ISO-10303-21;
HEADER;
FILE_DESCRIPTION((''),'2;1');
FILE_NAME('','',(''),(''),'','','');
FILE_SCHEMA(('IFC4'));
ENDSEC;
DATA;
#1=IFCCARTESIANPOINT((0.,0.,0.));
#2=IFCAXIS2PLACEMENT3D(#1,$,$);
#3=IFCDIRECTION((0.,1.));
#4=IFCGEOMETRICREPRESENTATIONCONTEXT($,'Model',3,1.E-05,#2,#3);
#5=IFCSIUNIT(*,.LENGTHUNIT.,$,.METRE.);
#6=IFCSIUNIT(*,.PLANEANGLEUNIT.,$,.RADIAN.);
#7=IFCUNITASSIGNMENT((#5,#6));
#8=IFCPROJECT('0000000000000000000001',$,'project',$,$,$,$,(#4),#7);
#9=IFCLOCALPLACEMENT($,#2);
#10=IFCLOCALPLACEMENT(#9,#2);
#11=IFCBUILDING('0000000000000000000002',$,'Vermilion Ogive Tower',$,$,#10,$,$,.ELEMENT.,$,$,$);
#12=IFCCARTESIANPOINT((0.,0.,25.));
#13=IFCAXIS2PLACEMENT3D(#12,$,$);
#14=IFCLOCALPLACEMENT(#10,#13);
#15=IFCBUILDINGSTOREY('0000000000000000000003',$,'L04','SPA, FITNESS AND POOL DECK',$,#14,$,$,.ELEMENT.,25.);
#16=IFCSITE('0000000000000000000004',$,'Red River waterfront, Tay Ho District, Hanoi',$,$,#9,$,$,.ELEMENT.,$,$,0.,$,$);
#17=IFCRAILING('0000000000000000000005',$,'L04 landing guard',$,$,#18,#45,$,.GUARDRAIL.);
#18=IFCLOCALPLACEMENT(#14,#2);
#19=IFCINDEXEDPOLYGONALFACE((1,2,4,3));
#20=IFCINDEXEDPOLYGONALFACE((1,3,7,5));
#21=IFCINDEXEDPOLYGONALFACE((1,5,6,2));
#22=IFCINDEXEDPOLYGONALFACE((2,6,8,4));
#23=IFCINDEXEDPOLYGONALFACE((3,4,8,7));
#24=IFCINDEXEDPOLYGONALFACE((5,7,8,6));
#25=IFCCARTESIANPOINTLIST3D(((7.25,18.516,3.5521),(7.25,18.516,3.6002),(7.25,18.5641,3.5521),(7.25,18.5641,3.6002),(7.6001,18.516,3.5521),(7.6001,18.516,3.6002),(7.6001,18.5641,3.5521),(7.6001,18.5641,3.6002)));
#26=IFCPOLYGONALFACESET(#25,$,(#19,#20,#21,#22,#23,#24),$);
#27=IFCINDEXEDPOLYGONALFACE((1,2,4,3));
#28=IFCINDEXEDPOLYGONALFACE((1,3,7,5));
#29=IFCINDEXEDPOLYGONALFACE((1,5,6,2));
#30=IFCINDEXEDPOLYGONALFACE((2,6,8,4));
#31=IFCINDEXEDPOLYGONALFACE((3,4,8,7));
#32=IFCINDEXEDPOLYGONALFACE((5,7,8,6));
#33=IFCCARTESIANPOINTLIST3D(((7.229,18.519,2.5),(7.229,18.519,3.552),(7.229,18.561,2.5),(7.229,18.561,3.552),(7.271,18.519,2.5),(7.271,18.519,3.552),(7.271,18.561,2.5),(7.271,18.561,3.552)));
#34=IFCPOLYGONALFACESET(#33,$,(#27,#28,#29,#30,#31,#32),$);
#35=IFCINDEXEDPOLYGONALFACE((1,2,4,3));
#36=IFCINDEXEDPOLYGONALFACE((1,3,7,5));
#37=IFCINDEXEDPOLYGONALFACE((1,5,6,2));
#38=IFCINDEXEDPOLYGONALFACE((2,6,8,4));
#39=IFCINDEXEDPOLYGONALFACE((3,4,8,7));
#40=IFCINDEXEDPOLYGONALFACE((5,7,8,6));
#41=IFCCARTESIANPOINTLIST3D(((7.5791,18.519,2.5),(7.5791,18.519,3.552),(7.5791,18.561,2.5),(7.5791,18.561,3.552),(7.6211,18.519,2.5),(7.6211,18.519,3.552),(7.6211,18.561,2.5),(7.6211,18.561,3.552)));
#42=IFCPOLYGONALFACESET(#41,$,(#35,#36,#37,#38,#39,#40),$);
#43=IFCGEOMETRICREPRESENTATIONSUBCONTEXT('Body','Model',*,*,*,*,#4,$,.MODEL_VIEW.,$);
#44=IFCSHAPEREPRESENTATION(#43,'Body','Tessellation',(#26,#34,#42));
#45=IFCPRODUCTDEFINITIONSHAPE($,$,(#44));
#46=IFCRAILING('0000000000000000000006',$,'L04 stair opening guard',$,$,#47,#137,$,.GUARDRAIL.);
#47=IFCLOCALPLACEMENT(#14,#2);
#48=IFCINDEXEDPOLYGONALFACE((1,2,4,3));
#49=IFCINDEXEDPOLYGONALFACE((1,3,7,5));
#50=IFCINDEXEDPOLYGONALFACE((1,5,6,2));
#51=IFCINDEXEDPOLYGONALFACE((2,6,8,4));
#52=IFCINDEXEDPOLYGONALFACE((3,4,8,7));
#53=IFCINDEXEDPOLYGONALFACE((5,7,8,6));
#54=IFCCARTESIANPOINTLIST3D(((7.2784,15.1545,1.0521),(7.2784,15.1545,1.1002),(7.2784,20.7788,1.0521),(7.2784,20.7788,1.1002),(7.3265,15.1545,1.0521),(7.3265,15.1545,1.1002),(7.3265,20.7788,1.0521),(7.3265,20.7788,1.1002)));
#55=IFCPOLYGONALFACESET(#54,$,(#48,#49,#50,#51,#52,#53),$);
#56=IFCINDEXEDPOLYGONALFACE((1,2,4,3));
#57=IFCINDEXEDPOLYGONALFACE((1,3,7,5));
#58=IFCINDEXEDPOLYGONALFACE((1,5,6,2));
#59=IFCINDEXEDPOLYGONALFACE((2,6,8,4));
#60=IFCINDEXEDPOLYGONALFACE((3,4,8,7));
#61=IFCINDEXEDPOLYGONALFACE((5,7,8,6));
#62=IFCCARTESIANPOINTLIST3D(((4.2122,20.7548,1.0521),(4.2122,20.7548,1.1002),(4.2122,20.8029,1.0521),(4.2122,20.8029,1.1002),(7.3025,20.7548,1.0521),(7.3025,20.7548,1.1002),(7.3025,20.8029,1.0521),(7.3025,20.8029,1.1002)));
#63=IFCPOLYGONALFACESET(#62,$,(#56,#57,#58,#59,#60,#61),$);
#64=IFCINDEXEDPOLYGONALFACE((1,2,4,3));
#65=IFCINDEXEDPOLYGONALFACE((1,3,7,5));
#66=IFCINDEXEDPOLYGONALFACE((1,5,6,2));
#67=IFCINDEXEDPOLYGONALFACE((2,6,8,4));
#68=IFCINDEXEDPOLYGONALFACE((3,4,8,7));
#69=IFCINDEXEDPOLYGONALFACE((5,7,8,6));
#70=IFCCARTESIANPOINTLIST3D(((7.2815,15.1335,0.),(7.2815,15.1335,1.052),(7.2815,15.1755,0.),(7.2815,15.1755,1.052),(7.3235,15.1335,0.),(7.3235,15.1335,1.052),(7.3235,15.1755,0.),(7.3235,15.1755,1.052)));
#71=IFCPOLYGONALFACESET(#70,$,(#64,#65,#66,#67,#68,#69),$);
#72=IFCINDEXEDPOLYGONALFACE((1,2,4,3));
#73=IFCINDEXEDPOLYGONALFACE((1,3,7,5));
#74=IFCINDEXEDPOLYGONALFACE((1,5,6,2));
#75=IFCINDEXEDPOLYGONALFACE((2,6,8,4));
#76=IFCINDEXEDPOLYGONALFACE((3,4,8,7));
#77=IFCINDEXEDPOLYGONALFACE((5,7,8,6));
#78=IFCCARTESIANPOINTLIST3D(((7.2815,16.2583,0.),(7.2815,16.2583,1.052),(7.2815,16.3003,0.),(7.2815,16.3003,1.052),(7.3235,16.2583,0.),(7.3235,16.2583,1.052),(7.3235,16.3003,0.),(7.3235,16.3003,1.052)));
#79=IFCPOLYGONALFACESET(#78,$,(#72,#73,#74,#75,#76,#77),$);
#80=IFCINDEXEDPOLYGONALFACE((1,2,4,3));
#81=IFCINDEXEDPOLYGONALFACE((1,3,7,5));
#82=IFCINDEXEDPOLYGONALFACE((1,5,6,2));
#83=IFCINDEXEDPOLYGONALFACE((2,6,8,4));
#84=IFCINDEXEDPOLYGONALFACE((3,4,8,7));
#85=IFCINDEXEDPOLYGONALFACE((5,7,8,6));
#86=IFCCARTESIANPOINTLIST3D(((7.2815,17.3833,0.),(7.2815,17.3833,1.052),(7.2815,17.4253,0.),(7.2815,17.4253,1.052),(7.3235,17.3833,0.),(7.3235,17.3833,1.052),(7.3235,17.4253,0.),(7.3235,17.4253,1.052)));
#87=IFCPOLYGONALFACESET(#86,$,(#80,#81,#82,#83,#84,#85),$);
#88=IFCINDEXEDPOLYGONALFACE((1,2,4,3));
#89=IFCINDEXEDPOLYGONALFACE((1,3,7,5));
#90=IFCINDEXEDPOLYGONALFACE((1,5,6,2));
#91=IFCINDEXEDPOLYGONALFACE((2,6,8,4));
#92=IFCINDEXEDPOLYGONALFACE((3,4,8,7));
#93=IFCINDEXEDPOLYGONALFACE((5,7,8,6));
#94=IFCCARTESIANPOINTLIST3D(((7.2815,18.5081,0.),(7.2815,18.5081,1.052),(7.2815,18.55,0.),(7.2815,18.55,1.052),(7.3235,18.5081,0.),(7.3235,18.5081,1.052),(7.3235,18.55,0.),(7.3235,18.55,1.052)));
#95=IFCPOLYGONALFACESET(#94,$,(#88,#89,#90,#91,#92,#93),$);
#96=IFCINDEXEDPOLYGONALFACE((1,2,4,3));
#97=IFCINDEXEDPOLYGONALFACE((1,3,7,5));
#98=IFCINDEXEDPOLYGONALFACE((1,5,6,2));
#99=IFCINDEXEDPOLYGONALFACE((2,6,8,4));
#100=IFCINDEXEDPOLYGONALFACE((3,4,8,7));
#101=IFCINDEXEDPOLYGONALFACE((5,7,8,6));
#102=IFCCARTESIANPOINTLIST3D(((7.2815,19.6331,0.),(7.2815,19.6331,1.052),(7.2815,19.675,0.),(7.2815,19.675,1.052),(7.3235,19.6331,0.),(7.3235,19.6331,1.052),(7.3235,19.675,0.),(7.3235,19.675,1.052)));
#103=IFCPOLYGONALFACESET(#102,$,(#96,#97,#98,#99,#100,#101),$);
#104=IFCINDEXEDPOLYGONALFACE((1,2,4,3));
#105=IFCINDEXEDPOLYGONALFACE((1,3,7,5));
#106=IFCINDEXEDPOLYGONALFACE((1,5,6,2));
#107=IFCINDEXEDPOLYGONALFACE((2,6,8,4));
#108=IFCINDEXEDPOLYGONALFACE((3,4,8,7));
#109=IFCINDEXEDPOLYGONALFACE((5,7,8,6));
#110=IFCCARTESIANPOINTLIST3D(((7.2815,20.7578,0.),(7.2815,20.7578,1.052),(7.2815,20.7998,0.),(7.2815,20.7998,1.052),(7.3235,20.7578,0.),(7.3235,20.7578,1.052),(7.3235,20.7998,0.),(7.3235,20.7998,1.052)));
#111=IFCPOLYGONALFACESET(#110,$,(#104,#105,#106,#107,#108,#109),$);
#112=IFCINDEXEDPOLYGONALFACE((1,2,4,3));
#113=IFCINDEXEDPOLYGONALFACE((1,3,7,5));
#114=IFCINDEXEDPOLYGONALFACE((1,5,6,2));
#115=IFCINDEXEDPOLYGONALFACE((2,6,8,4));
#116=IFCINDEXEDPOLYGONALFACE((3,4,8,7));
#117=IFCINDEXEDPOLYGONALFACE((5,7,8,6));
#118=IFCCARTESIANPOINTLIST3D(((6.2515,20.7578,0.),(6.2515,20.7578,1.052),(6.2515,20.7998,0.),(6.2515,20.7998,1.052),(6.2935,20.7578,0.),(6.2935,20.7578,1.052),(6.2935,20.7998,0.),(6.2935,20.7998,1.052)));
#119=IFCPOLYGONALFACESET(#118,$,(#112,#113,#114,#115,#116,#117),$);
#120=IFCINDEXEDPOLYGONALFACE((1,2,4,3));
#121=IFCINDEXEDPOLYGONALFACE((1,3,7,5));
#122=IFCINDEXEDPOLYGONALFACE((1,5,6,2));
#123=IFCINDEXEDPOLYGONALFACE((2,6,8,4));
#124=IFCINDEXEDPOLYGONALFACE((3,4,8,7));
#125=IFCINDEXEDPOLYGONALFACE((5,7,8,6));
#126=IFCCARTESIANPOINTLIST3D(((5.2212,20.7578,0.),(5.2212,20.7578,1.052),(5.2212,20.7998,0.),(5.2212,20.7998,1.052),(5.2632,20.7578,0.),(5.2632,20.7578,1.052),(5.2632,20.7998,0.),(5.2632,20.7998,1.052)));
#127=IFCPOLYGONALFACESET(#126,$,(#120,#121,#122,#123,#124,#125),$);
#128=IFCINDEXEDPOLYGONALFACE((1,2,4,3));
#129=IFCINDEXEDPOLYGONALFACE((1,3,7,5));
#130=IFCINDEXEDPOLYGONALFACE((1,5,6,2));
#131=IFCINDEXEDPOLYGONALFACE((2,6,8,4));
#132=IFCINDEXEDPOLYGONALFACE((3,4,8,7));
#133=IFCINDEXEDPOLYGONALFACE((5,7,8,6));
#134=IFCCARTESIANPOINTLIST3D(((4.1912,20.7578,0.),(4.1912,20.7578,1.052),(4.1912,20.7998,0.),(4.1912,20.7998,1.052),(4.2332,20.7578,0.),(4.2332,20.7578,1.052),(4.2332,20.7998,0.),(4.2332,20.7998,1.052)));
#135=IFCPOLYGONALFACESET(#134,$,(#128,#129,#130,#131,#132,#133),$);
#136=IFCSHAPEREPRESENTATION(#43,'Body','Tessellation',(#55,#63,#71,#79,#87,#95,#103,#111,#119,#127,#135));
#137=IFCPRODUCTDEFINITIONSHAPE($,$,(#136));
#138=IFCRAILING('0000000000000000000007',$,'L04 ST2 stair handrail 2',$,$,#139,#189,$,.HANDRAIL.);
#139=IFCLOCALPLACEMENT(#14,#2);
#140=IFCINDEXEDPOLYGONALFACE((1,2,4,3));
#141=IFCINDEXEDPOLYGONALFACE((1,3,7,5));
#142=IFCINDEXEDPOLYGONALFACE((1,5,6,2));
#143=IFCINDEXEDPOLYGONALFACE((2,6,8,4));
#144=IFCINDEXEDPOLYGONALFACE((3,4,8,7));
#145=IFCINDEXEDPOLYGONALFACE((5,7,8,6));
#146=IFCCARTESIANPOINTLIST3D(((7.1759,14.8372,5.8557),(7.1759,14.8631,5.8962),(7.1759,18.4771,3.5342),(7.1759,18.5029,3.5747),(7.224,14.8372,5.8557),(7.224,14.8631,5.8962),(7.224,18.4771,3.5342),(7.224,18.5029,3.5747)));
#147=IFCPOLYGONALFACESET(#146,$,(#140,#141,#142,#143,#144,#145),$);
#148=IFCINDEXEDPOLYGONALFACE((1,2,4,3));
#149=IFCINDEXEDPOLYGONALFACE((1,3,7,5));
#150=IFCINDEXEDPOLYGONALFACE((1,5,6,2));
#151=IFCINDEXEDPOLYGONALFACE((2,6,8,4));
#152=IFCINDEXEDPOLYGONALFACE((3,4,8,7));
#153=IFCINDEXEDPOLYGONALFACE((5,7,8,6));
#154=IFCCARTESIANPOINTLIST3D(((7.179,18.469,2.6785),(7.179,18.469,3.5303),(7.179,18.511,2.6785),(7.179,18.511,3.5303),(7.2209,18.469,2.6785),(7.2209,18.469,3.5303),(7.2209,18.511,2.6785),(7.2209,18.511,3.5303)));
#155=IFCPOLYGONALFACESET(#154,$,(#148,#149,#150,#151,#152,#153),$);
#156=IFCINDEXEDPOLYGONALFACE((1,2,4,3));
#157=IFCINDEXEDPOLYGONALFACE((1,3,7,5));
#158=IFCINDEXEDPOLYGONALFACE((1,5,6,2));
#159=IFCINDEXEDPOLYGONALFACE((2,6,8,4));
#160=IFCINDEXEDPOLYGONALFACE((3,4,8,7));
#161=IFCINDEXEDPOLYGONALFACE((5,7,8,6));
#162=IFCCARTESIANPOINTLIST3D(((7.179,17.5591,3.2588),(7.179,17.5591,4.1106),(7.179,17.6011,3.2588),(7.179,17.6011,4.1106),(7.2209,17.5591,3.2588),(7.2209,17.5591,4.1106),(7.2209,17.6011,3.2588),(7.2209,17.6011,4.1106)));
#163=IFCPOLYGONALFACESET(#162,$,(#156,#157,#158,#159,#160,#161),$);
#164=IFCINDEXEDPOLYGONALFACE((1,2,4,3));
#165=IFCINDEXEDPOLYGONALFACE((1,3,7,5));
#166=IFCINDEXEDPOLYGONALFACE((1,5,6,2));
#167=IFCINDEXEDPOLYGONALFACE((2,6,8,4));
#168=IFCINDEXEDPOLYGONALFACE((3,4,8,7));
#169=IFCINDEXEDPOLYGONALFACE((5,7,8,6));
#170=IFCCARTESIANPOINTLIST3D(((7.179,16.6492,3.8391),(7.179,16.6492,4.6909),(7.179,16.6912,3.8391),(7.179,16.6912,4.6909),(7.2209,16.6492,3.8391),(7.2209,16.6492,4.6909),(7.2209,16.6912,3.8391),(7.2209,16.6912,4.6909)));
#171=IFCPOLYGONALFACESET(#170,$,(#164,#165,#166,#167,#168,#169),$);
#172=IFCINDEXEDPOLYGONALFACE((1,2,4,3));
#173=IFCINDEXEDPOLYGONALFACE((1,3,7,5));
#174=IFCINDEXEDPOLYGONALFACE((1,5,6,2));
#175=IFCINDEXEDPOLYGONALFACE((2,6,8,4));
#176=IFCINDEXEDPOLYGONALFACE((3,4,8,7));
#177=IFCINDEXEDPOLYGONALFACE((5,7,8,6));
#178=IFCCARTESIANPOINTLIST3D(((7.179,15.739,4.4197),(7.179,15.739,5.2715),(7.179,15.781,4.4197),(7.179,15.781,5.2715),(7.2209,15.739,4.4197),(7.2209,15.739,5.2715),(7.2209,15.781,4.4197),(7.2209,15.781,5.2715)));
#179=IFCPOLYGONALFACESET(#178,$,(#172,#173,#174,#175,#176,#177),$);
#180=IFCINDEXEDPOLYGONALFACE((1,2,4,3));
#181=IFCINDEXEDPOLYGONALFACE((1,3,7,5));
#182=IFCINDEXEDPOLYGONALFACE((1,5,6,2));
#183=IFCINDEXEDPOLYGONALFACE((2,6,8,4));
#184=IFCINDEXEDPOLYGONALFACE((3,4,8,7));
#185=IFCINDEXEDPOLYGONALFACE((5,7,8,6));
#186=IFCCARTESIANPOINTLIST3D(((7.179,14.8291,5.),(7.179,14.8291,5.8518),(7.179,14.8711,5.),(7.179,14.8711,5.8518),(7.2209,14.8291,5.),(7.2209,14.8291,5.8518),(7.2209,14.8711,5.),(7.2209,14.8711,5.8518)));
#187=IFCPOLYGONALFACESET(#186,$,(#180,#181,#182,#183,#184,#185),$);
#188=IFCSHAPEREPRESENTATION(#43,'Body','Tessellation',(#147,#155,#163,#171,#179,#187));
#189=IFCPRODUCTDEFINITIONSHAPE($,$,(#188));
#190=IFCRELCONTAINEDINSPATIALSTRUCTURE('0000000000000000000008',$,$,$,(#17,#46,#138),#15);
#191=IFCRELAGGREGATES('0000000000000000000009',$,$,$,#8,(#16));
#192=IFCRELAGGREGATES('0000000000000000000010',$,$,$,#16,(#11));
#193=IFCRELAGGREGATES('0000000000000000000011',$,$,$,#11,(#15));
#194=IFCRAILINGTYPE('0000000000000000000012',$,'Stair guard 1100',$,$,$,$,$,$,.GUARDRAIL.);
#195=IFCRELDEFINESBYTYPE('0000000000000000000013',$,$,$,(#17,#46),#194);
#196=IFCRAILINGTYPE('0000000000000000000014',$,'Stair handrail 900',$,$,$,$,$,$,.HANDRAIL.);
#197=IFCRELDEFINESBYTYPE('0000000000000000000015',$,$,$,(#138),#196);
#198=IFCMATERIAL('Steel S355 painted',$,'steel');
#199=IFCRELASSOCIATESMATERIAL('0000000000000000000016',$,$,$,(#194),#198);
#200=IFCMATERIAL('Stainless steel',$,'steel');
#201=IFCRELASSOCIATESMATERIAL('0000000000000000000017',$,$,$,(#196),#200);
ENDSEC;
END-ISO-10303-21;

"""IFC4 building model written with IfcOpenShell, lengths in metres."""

from ifc_helpers import new_model, si_unit, direction, frame, origin, origin_2d, place, context, subcontext, project, spatial, rectangle, extrude, material, type_object, element, save


model = new_model("IFC4")

# Units and contexts
model_context = context("Model", 3, precision=1e-05, world=origin(), true_north=direction((0.0, 1.0)))
body_context = subcontext(model_context, "Body", "Model", "MODEL_VIEW")
ifc_project = project(units=[si_unit("LENGTHUNIT", "METRE"), si_unit("PLANEANGLEUNIT", "RADIAN")], contexts=[model_context])

# Site, building, storey
site_placement = place(None, origin())
site = spatial("IfcSite", under=ifc_project, at=site_placement, Name="Red River waterfront, Tay Ho District, Hanoi", CompositionType="ELEMENT", RefElevation=0.0)
building_placement = place(site_placement, origin())
building = spatial("IfcBuilding", under=site, at=building_placement, Name="Vermilion Ogive Tower", CompositionType="ELEMENT")
storey_placement = place(building_placement, frame((0.0, 0.0, 25.0)))
storey = spatial("IfcBuildingStorey", under=building, at=storey_placement, Name="L04", Description="SPA, FITNESS AND POOL DECK", CompositionType="ELEMENT", Elevation=25.0)

# Railings
ifc_material_1 = material(Name="Steel S355 painted", Category="steel")
railing_type_1 = type_object("IfcRailingType", Name="Stair guard 1100", PredefinedType="GUARDRAIL", material=ifc_material_1)
railing_1_placement = place(storey_placement, frame((7.25, 18.54, 2.5)))
element("IfcRailing", 1, at=railing_1_placement, inside=storey, type_object=railing_type_1, Name="L04 landing guard", PredefinedType="GUARDRAIL", context=body_context, shape_type="SweptSolid", body=[
    extrude(rectangle(XDim=0.0481, YDim=0.0481, at=origin_2d()), frame((0.0, 0.0, 1.0762), z_axis=(1.0, 0.0, 0.0), x_axis=(0.0, 1.0, 0.0)), (0.0, 0.0, 1.0), 0.3501),
    extrude(rectangle(XDim=0.042, YDim=0.042, at=origin_2d()), origin(), (0.0, 0.0, 1.0), 1.052),
    extrude(rectangle(XDim=0.042, YDim=0.042, at=origin_2d()), frame((0.3501, 0.0, 0.0)), (0.0, 0.0, 1.0), 1.052),
])
railing_2_placement = place(storey_placement, frame((7.3025, 15.1545, 0.0)))
element("IfcRailing", 2, at=railing_2_placement, inside=storey, type_object=railing_type_1, Name="L04 stair opening guard", PredefinedType="GUARDRAIL", context=body_context, shape_type="SweptSolid", body=[
    extrude(rectangle(XDim=0.0481, YDim=0.0481, at=origin_2d()), frame((0.0, 0.0, 1.0762), z_axis=(0.0, 1.0, 0.0), x_axis=(-1.0, 0.0, 0.0)), (0.0, 0.0, 1.0), 5.6243),
    extrude(rectangle(XDim=0.0481, YDim=0.0481, at=origin_2d()), frame((0.0, 5.6243, 1.0762), z_axis=(-1.0, 0.0, 0.0), x_axis=(0.0, -1.0, 0.0)), (0.0, 0.0, 1.0), 3.0903),
    extrude(rectangle(XDim=0.042, YDim=0.042, at=origin_2d()), origin(), (0.0, 0.0, 1.0), 1.052),
    extrude(rectangle(XDim=0.042, YDim=0.042, at=origin_2d()), frame((0.0, 1.1248, 0.0)), (0.0, 0.0, 1.0), 1.052),
    extrude(rectangle(XDim=0.042, YDim=0.042, at=origin_2d()), frame((0.0, 2.2498, 0.0)), (0.0, 0.0, 1.0), 1.052),
    extrude(rectangle(XDim=0.042, YDim=0.042, at=origin_2d()), frame((0.0, 3.3745, 0.0)), (0.0, 0.0, 1.0), 1.052),
    extrude(rectangle(XDim=0.042, YDim=0.042, at=origin_2d()), frame((0.0, 4.4995, 0.0)), (0.0, 0.0, 1.0), 1.052),
    extrude(rectangle(XDim=0.042, YDim=0.042, at=origin_2d()), frame((0.0, 5.6243, 0.0)), (0.0, 0.0, 1.0), 1.052),
    extrude(rectangle(XDim=0.042, YDim=0.042, at=origin_2d()), frame((-1.03, 5.6243, 0.0)), (0.0, 0.0, 1.0), 1.052),
    extrude(rectangle(XDim=0.042, YDim=0.042, at=origin_2d()), frame((-2.0603, 5.6243, 0.0)), (0.0, 0.0, 1.0), 1.052),
    extrude(rectangle(XDim=0.042, YDim=0.042, at=origin_2d()), frame((-3.0903, 5.6243, 0.0)), (0.0, 0.0, 1.0), 1.052),
])
ifc_material_2 = material(Name="Stainless steel", Category="steel")
railing_type_2 = type_object("IfcRailingType", Name="Stair handrail 900", PredefinedType="HANDRAIL", material=ifc_material_2)
railing_3_placement = place(storey_placement, frame((7.2, 18.49, 2.6785)))
element("IfcRailing", 3, at=railing_3_placement, inside=storey, type_object=railing_type_2, Name="L04 ST2 stair handrail 2", PredefinedType="HANDRAIL", context=body_context, shape_type="SweptSolid", body=[
    extrude(rectangle(XDim=0.0481, YDim=0.0481, at=origin_2d()), frame((0.0, 0.0, 0.876), z_axis=(0.0, -0.843112, 0.537739), x_axis=(1.0, 0.0, 0.0)), (0.0, 0.0, 1.0), 4.3171),
    extrude(rectangle(XDim=0.042, YDim=0.042, at=origin_2d()), origin(), (0.0, 0.0, 1.0), 0.8518),
    extrude(rectangle(XDim=0.042, YDim=0.042, at=origin_2d()), frame((0.0, -0.9099, 0.5803)), (0.0, 0.0, 1.0), 0.8518),
    extrude(rectangle(XDim=0.042, YDim=0.042, at=origin_2d()), frame((0.0, -1.8198, 1.1606)), (0.0, 0.0, 1.0), 0.8518),
    extrude(rectangle(XDim=0.042, YDim=0.042, at=origin_2d()), frame((0.0, -2.73, 1.7412)), (0.0, 0.0, 1.0), 0.8518),
    extrude(rectangle(XDim=0.042, YDim=0.042, at=origin_2d()), frame((0.0, -3.6399, 2.3215)), (0.0, 0.0, 1.0), 0.8518),
])

save(model, "model.ifc")
